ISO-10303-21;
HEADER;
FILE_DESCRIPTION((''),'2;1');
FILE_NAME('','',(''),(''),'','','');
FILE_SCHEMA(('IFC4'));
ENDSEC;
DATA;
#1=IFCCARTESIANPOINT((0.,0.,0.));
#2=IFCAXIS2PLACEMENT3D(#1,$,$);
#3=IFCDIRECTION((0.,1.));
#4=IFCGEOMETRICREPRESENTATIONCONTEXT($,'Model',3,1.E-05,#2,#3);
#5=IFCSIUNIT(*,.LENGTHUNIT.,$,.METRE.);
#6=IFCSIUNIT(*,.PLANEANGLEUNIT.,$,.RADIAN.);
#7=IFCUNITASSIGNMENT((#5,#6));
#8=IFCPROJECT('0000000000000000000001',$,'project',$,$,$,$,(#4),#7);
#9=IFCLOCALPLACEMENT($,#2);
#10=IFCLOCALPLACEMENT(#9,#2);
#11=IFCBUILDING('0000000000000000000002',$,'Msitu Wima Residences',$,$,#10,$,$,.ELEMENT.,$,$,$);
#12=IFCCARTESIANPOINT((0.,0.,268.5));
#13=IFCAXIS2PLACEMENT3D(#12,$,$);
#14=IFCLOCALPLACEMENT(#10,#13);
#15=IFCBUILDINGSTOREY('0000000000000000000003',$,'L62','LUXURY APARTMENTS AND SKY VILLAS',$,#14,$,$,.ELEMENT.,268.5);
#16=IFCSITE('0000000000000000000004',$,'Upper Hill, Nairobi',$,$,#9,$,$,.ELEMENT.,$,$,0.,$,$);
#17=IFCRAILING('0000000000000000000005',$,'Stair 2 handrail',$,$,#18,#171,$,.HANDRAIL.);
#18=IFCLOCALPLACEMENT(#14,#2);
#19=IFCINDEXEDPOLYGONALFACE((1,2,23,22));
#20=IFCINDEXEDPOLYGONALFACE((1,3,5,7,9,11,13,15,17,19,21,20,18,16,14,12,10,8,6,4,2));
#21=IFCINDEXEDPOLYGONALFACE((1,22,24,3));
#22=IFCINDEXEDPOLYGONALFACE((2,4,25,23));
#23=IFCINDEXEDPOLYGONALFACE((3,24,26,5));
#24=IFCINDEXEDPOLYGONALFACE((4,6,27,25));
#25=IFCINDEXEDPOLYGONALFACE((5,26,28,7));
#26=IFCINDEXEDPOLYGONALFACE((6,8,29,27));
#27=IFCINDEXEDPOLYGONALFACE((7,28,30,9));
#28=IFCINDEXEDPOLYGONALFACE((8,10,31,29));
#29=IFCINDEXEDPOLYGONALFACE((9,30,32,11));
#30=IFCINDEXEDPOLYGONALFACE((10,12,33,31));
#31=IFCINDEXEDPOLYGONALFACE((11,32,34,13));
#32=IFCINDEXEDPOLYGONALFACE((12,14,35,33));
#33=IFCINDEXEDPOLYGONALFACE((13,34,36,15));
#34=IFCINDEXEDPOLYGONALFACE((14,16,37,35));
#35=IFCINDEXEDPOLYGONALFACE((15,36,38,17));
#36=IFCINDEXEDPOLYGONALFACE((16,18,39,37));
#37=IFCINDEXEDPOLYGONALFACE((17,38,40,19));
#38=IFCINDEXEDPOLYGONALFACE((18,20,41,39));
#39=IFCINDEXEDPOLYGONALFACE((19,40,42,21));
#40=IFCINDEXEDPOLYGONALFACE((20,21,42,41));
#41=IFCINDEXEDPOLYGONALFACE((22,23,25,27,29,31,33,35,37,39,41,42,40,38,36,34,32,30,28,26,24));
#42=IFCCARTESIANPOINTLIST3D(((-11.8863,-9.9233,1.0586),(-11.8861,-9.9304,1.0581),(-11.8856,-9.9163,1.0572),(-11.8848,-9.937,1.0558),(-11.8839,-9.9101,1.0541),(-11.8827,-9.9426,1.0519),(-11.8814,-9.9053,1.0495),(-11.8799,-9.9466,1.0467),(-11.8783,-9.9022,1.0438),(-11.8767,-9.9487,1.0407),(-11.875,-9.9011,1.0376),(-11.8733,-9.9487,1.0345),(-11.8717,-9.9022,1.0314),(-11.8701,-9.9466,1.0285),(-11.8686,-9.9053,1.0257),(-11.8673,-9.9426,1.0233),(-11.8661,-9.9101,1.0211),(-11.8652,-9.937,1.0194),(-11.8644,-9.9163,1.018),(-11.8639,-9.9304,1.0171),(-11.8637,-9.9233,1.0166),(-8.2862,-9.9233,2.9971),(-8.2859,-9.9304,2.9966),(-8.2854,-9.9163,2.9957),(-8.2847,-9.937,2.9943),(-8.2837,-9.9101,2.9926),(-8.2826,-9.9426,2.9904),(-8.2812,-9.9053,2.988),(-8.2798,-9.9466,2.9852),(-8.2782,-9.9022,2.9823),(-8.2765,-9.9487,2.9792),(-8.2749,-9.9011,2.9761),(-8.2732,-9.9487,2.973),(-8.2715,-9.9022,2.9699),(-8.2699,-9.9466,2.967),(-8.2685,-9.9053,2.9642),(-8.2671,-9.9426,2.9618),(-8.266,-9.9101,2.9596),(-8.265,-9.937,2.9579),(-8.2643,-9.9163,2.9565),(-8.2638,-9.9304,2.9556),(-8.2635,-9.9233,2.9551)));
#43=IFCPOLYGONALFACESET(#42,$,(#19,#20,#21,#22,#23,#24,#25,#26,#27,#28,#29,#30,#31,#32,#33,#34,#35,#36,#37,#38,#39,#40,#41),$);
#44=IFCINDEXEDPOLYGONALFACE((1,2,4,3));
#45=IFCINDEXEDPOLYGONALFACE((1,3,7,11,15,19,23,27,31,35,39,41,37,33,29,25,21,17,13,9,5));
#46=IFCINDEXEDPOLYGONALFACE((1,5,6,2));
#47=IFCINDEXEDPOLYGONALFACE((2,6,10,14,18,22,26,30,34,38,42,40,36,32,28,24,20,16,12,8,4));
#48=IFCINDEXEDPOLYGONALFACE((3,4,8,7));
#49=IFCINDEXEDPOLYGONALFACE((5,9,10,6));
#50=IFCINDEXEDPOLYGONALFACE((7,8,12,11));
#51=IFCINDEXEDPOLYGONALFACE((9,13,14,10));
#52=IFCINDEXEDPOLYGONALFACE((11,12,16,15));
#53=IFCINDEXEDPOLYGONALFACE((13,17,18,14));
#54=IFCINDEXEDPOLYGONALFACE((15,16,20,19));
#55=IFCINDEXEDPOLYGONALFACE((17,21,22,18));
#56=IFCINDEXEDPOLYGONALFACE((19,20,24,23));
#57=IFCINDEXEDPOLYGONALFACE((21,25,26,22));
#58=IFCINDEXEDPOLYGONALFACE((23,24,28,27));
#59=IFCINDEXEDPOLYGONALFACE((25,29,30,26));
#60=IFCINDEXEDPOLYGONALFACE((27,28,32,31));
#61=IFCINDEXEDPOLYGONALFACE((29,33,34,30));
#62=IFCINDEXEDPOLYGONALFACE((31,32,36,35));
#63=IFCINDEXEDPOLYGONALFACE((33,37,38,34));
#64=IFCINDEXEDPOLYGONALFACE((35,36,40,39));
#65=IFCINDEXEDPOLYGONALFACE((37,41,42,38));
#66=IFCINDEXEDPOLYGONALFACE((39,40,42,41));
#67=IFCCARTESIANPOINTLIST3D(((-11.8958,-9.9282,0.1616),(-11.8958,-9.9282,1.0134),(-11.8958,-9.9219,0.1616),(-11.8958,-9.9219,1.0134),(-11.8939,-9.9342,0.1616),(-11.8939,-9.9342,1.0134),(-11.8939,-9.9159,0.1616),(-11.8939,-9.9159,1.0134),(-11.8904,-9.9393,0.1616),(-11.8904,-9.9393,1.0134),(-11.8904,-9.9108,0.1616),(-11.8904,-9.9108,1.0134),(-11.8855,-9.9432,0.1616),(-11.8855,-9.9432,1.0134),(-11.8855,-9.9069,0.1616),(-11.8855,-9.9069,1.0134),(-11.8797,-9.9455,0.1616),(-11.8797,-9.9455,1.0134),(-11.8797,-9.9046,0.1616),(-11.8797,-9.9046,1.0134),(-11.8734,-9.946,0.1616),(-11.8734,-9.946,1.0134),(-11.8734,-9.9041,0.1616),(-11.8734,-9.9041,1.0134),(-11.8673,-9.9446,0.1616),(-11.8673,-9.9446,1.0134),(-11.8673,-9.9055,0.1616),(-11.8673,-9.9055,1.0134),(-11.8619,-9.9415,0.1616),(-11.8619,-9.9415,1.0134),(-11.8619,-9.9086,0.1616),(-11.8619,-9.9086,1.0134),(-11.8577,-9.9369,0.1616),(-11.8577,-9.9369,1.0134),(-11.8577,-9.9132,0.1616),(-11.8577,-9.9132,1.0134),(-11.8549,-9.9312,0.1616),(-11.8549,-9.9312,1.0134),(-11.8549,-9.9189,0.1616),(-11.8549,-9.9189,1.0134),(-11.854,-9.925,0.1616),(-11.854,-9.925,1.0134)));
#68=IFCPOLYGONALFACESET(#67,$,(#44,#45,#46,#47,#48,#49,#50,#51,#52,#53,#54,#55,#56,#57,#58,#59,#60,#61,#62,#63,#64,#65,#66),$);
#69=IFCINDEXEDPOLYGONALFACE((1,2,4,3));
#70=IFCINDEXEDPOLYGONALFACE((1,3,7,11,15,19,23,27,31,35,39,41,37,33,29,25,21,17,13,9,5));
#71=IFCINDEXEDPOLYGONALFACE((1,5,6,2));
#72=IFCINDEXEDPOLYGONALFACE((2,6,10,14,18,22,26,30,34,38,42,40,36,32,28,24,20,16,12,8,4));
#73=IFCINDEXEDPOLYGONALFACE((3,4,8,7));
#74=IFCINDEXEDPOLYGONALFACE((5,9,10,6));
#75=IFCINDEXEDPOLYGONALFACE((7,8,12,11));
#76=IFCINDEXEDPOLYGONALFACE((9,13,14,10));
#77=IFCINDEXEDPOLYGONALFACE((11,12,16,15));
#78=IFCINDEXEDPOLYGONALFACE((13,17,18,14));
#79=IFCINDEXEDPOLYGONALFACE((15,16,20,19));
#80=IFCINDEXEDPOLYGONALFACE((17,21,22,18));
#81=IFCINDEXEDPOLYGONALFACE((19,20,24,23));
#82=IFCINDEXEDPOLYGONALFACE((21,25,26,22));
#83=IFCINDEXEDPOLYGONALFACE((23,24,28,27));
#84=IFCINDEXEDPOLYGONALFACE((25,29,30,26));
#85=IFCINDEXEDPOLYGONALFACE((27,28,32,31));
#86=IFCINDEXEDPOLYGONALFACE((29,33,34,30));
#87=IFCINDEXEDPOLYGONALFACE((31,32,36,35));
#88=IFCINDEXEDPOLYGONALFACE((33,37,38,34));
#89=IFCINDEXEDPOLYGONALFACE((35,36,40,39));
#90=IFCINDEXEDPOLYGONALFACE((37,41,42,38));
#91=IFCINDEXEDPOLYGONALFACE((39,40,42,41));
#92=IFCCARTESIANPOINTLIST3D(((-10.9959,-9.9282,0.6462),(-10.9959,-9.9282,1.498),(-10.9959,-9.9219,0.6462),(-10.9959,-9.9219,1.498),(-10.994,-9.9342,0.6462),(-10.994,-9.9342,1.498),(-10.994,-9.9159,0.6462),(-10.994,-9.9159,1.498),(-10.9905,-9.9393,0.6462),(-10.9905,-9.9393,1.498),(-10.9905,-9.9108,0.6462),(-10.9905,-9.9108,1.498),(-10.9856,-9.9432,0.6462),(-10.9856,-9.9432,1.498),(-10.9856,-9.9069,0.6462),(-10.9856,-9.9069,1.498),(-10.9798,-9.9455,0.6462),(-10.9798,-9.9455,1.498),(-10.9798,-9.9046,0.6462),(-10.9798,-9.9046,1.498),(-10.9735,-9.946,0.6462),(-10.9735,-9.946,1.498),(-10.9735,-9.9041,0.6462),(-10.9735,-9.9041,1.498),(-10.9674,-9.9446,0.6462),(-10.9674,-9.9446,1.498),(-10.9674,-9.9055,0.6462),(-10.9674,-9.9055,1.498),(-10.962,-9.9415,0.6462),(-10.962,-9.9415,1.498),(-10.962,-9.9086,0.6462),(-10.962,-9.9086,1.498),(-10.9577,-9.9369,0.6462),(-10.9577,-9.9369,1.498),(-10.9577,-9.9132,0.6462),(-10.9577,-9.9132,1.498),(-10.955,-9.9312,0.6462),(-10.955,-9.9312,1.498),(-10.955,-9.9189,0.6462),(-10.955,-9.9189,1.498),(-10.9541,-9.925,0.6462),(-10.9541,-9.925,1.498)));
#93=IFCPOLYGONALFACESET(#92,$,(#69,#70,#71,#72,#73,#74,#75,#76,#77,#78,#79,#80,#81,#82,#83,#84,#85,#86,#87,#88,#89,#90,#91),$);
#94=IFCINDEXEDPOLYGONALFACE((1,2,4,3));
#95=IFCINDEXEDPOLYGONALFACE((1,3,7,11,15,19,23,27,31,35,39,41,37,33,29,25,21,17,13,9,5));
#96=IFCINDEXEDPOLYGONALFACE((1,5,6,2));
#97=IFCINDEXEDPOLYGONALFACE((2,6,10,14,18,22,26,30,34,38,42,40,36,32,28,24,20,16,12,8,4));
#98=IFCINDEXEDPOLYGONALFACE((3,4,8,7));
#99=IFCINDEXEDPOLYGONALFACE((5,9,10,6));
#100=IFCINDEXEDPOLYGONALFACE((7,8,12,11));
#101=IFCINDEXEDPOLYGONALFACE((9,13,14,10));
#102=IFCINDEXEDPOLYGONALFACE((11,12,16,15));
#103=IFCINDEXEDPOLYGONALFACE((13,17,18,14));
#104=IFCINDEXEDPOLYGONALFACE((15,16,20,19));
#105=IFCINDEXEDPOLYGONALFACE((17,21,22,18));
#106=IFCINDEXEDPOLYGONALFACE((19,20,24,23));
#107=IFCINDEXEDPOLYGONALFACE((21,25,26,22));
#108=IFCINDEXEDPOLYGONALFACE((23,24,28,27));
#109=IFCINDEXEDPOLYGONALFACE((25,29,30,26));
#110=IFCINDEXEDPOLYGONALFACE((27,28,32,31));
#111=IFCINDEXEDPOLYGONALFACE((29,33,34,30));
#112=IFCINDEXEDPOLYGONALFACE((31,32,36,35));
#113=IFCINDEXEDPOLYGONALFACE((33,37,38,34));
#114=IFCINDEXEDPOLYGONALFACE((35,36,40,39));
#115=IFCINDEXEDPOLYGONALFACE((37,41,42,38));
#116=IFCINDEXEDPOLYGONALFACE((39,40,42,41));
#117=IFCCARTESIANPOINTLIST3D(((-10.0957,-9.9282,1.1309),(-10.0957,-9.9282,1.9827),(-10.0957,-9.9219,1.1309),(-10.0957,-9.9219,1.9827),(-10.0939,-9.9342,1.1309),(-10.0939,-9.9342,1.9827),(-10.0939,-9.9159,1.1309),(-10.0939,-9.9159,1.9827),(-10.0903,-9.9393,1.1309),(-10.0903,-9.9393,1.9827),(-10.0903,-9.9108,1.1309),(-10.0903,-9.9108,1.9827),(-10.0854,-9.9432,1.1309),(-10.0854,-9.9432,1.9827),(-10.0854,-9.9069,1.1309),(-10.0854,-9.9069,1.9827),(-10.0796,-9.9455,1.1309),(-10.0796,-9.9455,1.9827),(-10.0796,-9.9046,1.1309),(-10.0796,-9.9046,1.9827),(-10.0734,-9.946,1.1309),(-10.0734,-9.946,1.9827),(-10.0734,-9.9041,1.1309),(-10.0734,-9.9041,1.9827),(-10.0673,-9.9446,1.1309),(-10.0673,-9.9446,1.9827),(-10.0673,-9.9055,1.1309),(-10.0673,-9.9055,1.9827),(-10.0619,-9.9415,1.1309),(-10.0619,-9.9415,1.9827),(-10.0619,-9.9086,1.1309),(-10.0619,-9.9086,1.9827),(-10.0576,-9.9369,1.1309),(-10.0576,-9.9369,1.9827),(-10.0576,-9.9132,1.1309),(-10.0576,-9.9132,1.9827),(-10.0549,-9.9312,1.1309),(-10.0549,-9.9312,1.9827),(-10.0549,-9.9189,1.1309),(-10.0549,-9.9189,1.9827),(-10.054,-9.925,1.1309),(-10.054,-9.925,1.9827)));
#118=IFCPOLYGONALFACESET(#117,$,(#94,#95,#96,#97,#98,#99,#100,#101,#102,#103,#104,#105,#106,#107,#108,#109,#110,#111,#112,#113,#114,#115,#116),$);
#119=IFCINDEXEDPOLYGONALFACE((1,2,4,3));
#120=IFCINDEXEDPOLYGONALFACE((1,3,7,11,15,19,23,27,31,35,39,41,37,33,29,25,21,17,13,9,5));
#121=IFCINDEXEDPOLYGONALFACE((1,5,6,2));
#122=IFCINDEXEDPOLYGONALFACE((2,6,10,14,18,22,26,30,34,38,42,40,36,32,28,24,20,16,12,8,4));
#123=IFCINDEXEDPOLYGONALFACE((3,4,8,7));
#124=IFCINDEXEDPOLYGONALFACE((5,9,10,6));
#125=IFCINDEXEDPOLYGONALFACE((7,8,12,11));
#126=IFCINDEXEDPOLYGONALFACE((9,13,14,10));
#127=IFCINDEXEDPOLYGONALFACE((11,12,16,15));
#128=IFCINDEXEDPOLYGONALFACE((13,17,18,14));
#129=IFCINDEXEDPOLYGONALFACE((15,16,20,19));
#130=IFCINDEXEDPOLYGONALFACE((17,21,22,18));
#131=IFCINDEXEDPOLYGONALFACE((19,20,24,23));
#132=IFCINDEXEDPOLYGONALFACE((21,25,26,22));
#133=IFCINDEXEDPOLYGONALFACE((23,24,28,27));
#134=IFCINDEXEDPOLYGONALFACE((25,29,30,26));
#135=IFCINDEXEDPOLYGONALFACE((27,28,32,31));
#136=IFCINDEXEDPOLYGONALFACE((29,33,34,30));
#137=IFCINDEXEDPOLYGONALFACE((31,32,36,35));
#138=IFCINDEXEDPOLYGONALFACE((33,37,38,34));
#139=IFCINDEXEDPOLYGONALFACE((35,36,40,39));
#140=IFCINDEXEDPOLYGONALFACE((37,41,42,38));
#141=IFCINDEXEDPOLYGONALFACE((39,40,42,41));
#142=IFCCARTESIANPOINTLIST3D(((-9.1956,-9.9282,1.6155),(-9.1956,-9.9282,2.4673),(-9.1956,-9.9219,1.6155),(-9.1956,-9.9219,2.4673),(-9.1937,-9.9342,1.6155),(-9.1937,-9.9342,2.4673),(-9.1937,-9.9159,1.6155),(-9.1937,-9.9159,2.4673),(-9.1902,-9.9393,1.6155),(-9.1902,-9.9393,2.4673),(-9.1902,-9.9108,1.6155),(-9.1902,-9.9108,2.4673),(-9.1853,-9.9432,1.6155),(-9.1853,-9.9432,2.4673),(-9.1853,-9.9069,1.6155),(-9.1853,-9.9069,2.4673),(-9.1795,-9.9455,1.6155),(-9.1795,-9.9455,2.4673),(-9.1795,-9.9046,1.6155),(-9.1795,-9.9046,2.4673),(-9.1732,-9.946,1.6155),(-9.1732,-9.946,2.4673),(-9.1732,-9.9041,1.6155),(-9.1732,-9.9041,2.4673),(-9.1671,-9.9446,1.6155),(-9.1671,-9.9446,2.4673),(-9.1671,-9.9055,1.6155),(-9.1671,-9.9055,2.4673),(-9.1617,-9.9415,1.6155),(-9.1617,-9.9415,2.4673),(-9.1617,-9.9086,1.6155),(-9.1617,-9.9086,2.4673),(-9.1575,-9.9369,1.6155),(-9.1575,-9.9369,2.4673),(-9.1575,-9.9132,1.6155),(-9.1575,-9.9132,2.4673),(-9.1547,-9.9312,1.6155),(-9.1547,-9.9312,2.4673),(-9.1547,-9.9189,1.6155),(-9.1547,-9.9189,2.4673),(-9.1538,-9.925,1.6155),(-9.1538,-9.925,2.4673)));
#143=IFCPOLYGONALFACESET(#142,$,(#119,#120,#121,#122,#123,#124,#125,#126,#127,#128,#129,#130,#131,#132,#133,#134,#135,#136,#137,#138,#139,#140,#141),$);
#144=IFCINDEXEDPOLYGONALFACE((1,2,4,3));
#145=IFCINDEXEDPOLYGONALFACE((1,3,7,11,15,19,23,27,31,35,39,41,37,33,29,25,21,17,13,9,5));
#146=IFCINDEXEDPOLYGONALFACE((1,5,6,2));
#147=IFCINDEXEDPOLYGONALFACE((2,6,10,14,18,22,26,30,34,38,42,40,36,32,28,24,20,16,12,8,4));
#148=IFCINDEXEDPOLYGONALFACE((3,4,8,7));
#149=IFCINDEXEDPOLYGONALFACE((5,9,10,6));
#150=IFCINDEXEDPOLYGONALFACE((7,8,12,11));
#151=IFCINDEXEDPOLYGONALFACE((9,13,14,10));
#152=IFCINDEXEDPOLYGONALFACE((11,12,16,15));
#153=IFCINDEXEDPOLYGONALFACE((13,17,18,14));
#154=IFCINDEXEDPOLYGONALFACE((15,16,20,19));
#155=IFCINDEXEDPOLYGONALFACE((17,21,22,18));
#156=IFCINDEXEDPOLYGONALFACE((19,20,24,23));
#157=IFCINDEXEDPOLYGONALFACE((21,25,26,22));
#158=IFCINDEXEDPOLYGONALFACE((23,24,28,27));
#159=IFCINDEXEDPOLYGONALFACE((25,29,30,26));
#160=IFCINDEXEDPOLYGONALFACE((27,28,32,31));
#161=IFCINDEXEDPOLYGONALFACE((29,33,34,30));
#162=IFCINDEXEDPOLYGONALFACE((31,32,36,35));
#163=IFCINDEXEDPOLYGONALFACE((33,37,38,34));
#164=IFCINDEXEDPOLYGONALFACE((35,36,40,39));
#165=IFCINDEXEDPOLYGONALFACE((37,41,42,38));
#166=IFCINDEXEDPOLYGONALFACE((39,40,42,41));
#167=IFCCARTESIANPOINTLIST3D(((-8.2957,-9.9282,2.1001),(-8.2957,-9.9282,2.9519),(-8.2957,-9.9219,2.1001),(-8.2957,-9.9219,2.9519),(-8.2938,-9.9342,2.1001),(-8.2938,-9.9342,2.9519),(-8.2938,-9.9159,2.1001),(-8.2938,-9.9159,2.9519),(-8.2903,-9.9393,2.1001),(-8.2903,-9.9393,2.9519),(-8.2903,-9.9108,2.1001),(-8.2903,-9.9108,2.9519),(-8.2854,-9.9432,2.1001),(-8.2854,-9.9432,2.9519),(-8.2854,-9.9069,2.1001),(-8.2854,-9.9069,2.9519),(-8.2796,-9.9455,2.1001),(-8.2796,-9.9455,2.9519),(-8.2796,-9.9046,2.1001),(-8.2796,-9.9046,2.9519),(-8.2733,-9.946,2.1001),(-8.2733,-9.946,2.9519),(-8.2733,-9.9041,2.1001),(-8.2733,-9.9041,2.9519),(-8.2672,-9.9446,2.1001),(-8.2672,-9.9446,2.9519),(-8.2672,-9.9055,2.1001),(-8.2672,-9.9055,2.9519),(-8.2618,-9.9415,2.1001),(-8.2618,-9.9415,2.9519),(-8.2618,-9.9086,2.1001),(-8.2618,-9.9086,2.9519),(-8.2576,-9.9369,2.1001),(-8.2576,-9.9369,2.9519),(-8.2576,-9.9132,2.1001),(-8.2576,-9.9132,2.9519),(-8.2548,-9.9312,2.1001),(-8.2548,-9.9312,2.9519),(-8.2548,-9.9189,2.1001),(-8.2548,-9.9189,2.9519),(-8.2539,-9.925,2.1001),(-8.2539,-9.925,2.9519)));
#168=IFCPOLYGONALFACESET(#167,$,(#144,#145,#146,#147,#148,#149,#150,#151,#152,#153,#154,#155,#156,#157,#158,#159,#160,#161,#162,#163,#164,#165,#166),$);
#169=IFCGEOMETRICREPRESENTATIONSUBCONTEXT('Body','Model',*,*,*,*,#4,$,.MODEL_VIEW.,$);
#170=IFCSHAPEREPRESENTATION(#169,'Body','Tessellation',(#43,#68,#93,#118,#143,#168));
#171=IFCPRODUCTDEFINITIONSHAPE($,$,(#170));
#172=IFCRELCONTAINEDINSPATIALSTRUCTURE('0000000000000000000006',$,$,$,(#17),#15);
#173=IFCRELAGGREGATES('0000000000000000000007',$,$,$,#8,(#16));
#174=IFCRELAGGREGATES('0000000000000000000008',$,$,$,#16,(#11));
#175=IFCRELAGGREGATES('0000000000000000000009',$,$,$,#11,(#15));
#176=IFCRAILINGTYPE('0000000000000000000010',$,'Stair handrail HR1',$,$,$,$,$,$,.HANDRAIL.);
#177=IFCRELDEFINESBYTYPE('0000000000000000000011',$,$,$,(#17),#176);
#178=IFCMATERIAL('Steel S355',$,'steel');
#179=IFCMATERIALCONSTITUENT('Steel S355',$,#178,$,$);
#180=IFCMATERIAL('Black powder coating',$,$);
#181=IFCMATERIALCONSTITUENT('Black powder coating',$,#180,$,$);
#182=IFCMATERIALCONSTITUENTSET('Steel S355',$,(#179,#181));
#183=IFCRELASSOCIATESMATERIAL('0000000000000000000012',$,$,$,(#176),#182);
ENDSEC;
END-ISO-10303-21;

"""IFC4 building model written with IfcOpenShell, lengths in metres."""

from ifc_helpers import new_model, si_unit, direction, frame, origin, origin_2d, place, context, subcontext, project, spatial, circle, extrude, material, constituent, constituent_set, type_object, element, save


model = new_model("IFC4")

# Units and contexts
model_context = context("Model", 3, precision=1e-05, world=origin(), true_north=direction((0.0, 1.0)))
body_context = subcontext(model_context, "Body", "Model", "MODEL_VIEW")
ifc_project = project(units=[si_unit("LENGTHUNIT", "METRE"), si_unit("PLANEANGLEUNIT", "RADIAN")], contexts=[model_context])

# Site, building, storey
site_placement = place(None, origin())
site = spatial("IfcSite", under=ifc_project, at=site_placement, Name="Upper Hill, Nairobi", CompositionType="ELEMENT", RefElevation=0.0)
building_placement = place(site_placement, origin())
building = spatial("IfcBuilding", under=site, at=building_placement, Name="Msitu Wima Residences", CompositionType="ELEMENT")
storey_placement = place(building_placement, frame((0.0, 0.0, 268.5)))
storey = spatial("IfcBuildingStorey", under=building, at=storey_placement, Name="L62", Description="LUXURY APARTMENTS AND SKY VILLAS", CompositionType="ELEMENT", Elevation=268.5)

# Railing
ifc_material_1 = material(Name="Steel S355", Category="steel")
ifc_constituent_1 = constituent(ifc_material_1, Name="Steel S355")
ifc_material_2 = material(Name="Black powder coating")
ifc_constituent_2 = constituent(ifc_material_2, Name="Black powder coating")
ifc_constituent_set = constituent_set(constituents=[ifc_constituent_1, ifc_constituent_2], Name="Steel S355")
railing_type = type_object("IfcRailingType", Name="Stair handrail HR1", PredefinedType="HANDRAIL", material=ifc_constituent_set)
for number, where, name in (
    (1, (-11.875, -9.925, 0.1616), "Stair 2 handrail"),
):
    element("IfcRailing", number, at=place(storey_placement, frame(where)), inside=storey, type_object=railing_type, Name=name, PredefinedType="HANDRAIL", context=body_context, shape_type="SweptSolid", body=[
        extrude(circle(Radius=0.0239, at=origin_2d()), frame((0.0, 0.0, 0.876), z_axis=(0.880475, 0.0, 0.474093), x_axis=(0.0, 1.0, 0.0)), (0.0, 0.0, 1.0), 4.0889),
        extrude(circle(Radius=0.021, at=origin_2d()), origin(), (0.0, 0.0, 1.0), 0.8518),
        extrude(circle(Radius=0.021, at=origin_2d()), frame((0.8999, 0.0, 0.4846)), (0.0, 0.0, 1.0), 0.8518),
        extrude(circle(Radius=0.021, at=origin_2d()), frame((1.8, 0.0, 0.9692)), (0.0, 0.0, 1.0), 0.8518),
        extrude(circle(Radius=0.021, at=origin_2d()), frame((2.7002, 0.0, 1.4539)), (0.0, 0.0, 1.0), 0.8518),
        extrude(circle(Radius=0.021, at=origin_2d()), frame((3.6001, 0.0, 1.9385)), (0.0, 0.0, 1.0), 0.8518),
    ])

save(model, "model.ifc")
